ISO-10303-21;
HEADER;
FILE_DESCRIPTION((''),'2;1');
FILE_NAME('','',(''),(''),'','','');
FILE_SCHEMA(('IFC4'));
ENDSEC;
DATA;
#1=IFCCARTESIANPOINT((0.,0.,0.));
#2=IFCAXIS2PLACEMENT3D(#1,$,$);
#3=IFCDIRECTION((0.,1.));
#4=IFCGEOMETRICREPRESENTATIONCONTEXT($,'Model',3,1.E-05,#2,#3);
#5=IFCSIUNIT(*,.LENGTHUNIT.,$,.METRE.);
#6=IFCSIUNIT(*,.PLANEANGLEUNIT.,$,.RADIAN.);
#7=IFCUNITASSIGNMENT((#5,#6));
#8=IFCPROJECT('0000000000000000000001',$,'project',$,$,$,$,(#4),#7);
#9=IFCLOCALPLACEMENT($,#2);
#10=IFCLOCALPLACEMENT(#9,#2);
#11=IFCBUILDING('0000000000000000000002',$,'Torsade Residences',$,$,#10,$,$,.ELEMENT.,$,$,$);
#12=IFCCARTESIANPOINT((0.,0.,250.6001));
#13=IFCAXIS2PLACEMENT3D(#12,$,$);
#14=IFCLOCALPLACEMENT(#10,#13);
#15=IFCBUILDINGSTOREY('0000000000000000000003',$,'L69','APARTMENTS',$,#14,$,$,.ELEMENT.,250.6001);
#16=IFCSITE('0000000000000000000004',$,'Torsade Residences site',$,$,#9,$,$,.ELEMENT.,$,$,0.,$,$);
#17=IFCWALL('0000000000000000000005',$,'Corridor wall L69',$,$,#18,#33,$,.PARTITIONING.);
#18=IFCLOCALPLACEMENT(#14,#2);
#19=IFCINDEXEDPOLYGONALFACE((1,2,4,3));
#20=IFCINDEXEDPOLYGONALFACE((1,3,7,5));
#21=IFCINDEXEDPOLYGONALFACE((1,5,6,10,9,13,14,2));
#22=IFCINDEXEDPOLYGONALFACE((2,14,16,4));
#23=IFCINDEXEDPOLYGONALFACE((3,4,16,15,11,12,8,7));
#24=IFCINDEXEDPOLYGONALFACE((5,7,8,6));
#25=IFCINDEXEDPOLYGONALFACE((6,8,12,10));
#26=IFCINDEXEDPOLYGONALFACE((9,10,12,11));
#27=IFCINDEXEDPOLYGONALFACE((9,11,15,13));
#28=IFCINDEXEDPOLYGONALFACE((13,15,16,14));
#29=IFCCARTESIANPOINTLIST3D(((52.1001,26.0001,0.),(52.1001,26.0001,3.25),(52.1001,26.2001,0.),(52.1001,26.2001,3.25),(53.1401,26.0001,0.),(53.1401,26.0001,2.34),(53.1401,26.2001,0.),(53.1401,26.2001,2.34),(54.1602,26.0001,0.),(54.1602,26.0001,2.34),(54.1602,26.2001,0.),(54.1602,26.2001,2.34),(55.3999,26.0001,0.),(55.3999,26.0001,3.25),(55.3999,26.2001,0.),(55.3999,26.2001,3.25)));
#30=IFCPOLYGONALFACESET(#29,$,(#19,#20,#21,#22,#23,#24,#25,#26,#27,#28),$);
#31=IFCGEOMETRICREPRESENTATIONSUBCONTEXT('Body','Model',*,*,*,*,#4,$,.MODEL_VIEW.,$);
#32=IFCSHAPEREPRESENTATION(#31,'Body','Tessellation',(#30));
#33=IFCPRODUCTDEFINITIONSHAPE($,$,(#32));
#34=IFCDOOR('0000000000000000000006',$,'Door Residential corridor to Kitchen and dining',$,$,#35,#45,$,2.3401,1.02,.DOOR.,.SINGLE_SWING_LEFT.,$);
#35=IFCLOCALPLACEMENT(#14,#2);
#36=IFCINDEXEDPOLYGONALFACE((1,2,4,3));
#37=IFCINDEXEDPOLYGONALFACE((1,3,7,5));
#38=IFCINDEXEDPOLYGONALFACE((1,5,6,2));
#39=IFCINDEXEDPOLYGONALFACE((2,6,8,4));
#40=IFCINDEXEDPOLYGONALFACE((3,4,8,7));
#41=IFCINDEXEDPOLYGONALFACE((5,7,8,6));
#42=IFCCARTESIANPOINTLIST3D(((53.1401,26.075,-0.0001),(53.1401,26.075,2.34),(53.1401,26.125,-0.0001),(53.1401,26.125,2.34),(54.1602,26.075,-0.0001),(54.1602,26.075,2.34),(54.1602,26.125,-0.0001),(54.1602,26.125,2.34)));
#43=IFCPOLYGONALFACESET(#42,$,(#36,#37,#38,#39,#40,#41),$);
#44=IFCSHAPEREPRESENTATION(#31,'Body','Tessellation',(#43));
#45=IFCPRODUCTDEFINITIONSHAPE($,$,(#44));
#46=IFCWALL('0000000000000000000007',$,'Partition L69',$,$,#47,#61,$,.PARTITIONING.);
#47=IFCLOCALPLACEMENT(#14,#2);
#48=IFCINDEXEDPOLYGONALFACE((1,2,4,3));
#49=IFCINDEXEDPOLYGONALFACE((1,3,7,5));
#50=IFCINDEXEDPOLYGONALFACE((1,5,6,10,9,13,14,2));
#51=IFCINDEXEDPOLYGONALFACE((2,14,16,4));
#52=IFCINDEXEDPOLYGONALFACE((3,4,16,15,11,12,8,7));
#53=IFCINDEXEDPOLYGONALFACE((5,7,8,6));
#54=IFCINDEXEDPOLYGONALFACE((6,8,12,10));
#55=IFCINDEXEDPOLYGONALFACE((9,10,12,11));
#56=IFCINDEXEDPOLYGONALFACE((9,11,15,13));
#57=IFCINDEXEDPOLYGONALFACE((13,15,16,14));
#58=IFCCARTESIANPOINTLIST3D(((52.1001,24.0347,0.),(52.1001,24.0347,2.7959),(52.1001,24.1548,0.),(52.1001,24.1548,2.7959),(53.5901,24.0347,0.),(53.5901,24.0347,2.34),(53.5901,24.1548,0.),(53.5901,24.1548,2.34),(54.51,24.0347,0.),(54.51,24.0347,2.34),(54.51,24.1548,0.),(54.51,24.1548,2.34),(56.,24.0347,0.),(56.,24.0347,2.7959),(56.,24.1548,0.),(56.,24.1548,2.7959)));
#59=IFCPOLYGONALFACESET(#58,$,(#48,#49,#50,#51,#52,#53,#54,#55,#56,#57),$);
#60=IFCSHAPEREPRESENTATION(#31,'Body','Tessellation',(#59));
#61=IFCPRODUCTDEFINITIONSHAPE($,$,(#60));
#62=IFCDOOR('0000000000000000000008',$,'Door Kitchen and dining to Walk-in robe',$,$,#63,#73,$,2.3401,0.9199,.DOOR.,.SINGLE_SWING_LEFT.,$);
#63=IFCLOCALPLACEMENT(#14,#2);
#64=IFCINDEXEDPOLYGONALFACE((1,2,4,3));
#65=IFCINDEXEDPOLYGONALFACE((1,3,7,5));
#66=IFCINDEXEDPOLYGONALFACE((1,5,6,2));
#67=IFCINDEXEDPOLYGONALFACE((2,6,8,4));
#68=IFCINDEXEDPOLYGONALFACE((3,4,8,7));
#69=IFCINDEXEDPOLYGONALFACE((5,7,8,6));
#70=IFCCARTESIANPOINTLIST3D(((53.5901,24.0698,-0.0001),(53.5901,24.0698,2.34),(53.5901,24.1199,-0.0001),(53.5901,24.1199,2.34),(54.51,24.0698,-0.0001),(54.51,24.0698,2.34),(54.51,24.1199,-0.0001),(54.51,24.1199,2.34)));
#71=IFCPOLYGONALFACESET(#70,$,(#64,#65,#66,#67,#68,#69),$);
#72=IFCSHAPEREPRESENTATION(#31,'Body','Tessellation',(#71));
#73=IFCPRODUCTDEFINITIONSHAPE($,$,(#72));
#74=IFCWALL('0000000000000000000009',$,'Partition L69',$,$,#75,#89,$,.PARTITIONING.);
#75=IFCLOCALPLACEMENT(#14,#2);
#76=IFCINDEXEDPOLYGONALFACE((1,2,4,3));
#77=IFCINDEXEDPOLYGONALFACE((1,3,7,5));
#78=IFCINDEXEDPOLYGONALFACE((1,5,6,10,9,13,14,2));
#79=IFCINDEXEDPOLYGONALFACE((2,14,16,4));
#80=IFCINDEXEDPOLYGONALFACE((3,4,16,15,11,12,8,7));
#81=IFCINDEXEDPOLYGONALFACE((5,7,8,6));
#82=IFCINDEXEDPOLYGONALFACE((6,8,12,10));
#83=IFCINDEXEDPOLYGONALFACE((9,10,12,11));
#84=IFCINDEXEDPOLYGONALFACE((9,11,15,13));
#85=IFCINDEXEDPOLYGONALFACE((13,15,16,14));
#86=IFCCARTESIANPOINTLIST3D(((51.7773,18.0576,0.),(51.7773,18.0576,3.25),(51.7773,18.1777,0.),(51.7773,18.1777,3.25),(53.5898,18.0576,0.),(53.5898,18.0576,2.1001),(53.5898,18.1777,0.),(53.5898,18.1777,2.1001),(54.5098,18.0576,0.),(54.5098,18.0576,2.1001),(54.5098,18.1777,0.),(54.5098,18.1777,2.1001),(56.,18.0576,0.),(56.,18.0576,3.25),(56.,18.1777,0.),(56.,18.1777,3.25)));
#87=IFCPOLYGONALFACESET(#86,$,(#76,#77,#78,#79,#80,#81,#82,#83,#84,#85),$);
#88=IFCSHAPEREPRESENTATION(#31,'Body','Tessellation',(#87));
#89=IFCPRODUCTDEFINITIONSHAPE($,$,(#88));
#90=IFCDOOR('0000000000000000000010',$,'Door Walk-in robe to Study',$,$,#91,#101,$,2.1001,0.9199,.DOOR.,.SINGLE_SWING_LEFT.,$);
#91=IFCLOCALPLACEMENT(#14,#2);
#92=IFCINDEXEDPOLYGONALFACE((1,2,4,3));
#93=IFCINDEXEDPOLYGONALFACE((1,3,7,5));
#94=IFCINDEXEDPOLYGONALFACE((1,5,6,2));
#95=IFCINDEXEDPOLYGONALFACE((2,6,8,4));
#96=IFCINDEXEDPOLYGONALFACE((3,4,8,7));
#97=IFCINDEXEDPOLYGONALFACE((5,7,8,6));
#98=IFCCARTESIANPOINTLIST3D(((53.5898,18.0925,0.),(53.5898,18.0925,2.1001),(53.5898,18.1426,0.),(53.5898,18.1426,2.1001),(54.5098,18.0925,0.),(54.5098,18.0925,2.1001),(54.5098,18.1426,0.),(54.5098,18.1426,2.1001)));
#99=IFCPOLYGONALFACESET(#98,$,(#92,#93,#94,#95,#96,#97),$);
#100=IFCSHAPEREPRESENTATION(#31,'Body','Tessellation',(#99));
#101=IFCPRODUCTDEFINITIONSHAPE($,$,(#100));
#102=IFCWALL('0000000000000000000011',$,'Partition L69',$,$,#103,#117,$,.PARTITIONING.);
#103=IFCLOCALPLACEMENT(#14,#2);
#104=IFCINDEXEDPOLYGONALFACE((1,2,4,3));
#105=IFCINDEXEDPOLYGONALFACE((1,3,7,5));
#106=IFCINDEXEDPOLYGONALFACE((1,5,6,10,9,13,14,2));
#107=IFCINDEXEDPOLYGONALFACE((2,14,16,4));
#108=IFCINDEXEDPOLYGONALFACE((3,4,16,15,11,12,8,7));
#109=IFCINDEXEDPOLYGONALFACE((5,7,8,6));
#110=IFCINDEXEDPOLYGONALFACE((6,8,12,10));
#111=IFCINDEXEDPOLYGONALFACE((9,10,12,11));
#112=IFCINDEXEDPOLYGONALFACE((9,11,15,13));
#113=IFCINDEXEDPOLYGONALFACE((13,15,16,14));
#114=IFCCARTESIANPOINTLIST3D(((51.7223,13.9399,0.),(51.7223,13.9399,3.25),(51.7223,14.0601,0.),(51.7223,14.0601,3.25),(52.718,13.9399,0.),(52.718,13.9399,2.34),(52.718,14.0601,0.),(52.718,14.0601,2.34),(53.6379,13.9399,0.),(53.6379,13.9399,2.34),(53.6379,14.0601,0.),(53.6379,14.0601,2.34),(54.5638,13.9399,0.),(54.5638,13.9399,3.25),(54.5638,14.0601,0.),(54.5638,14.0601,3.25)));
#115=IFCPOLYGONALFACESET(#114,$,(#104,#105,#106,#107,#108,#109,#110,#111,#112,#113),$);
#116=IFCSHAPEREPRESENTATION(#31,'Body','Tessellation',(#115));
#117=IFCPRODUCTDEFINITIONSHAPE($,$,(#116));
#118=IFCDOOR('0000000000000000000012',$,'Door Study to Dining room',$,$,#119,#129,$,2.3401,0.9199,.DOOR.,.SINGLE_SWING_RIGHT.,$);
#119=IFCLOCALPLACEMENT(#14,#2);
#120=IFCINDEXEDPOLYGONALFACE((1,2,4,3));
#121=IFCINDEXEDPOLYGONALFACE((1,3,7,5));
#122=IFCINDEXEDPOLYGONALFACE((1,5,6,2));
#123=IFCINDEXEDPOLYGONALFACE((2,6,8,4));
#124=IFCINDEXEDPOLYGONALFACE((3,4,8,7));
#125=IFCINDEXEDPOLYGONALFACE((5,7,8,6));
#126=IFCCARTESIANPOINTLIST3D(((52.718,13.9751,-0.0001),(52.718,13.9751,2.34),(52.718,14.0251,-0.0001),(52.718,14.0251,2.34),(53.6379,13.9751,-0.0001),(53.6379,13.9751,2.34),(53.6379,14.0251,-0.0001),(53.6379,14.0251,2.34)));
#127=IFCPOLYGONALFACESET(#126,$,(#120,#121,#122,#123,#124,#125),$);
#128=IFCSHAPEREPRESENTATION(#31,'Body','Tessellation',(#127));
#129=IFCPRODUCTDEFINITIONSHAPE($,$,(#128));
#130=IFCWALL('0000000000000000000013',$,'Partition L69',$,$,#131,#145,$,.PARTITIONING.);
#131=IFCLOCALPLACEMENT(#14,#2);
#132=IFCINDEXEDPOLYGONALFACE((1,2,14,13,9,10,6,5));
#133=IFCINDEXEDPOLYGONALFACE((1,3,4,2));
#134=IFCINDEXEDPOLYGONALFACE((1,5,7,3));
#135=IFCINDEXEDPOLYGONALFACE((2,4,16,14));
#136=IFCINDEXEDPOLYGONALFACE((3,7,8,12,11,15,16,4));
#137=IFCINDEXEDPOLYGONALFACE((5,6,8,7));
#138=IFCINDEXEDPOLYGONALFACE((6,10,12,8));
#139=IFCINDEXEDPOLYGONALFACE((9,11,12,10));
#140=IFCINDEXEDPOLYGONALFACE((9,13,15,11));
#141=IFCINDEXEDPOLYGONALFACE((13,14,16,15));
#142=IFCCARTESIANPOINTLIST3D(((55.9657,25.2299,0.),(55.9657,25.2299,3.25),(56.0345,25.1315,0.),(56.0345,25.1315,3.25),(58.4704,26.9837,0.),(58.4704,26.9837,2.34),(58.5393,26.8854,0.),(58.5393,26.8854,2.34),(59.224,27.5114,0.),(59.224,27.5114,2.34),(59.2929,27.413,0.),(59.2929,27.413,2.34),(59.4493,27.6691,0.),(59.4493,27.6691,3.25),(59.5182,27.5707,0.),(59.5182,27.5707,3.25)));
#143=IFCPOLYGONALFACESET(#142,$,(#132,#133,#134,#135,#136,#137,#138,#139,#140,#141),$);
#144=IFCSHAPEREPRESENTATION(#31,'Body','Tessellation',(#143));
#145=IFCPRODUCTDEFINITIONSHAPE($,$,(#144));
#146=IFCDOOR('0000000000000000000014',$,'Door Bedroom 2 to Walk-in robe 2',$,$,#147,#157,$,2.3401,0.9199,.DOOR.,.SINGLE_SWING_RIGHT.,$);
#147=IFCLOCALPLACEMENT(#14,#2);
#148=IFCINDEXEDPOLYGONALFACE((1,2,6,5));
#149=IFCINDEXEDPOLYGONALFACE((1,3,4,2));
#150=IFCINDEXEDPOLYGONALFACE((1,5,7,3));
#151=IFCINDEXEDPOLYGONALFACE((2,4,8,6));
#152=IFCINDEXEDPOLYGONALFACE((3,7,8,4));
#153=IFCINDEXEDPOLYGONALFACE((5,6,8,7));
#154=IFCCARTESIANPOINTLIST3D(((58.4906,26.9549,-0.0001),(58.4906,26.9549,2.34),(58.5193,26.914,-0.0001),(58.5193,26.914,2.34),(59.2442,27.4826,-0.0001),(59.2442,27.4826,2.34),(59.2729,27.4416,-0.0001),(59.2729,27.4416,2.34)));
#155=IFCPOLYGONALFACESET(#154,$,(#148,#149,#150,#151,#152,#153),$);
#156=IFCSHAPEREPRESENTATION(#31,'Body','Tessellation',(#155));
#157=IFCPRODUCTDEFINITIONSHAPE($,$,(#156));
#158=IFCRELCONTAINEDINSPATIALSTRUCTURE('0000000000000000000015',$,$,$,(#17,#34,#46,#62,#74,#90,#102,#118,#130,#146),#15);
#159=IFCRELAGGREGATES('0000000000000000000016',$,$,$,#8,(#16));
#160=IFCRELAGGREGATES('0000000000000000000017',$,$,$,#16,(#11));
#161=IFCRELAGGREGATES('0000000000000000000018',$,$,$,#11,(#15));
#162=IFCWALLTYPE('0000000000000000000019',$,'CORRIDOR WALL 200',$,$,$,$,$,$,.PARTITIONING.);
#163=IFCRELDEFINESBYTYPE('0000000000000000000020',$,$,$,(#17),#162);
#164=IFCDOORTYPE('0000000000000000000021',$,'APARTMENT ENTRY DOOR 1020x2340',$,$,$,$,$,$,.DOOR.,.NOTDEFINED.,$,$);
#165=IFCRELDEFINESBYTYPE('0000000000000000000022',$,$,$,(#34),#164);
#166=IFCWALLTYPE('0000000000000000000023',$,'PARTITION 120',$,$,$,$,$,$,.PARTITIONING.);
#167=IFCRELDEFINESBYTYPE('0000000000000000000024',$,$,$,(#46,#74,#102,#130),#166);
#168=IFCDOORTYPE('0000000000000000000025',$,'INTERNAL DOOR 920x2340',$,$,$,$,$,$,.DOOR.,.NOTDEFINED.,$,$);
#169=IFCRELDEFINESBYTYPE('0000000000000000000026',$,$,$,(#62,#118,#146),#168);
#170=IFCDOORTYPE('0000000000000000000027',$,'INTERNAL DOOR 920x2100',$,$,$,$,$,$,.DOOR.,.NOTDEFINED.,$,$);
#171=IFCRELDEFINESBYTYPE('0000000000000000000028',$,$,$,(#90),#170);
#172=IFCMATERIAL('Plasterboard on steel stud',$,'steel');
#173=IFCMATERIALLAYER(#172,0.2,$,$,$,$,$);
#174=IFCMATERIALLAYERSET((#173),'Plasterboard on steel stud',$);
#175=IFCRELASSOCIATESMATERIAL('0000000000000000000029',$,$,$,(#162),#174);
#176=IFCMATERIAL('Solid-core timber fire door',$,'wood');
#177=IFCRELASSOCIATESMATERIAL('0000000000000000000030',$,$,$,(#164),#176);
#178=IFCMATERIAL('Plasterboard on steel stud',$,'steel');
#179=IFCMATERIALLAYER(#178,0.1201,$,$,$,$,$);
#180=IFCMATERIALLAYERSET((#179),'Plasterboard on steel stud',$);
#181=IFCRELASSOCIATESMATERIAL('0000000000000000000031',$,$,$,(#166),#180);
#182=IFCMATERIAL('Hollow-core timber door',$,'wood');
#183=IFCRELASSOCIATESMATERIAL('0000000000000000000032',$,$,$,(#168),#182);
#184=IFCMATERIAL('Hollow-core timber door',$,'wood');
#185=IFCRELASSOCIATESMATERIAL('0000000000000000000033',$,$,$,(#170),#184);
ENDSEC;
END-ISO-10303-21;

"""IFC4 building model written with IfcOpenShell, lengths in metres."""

from ifc_helpers import new_model, si_unit, direction, frame, frame_2d, origin, place, context, subcontext, project, spatial, rectangle, extrude, material, layer, layer_set, type_object, element, fill, save


model = new_model("IFC4")

# Units and contexts
model_context = context("Model", 3, precision=1e-05, world=origin(), true_north=direction((0.0, 1.0)))
body_context = subcontext(model_context, "Body", "Model", "MODEL_VIEW")
ifc_project = project(units=[si_unit("LENGTHUNIT", "METRE"), si_unit("PLANEANGLEUNIT", "RADIAN")], contexts=[model_context])

# Site, building, storey
site_placement = place(None, origin())
site = spatial("IfcSite", under=ifc_project, at=site_placement, Name="Torsade Residences site", CompositionType="ELEMENT", RefElevation=0.0)
building_placement = place(site_placement, origin())
building = spatial("IfcBuilding", under=site, at=building_placement, Name="Torsade Residences", CompositionType="ELEMENT")
storey_placement = place(building_placement, frame((0.0, 0.0, 250.6001)))
storey = spatial("IfcBuildingStorey", under=building, at=storey_placement, Name="L69", Description="APARTMENTS", CompositionType="ELEMENT", Elevation=250.6001)

# Shared definitions
ifc_material_1 = material(Name="Plasterboard on steel stud", Category="steel")
ifc_layer_1 = layer(ifc_material_1, 0.2)
ifc_layer_set_1 = layer_set([ifc_layer_1], Name="Plasterboard on steel stud")
wall_type_1 = type_object("IfcWallType", Name="CORRIDOR WALL 200", PredefinedType="PARTITIONING", material=ifc_layer_set_1)

# Walls, openings, doors
wall_1_placement = place(storey_placement, frame((52.1001, 26.1001, 0.0), z_axis=(0.0, 0.0, 1.0), x_axis=(1.0, 0.0, 0.0)))
wall_1 = element("IfcWall", 1, at=wall_1_placement, inside=storey, type_object=wall_type_1, Name="Corridor wall L69", PredefinedType="PARTITIONING", context=body_context, shape_type="SweptSolid", body=[
    extrude(rectangle(XDim=3.2998, YDim=0.2, at=frame_2d((1.6499, 0.0))), origin(), (0.0, 0.0, 1.0), 3.25),
])
opening_1_placement = place(wall_1_placement, frame((1.04, 0.0, 0.0)))
opening_1 = element("IfcOpeningElement", 2, at=opening_1_placement, cuts=wall_1, PredefinedType="OPENING", context=body_context, shape_type="SweptSolid", body=[
    extrude(rectangle(XDim=1.02, YDim=2.3401, at=frame_2d((0.51, 1.1699))), frame((0.0, 0.1099, 0.0), z_axis=(0.0, -1.0, 0.0), x_axis=(1.0, 0.0, 0.0)), (0.0, 0.0, 1.0), 0.22),
])
ifc_material_2 = material(Name="Solid-core timber fire door", Category="wood")
door_type_1 = type_object("IfcDoorType", Name="APARTMENT ENTRY DOOR 1020x2340", OperationType="NOTDEFINED", PredefinedType="DOOR", material=ifc_material_2)
door_1_placement = place(opening_1_placement, origin())
door_1 = element("IfcDoor", 3, at=door_1_placement, inside=storey, type_object=door_type_1, Name="Door Residential corridor to Kitchen and dining", OperationType="SINGLE_SWING_LEFT", OverallHeight=2.3401, OverallWidth=1.02, PredefinedType="DOOR", context=body_context, shape_type="SweptSolid", body=[
    extrude(rectangle(XDim=1.02, YDim=2.3401, at=frame_2d((0.51, 1.1699))), frame((0.0, 0.0249, 0.0), z_axis=(0.0, -1.0, 0.0), x_axis=(1.0, 0.0, 0.0)), (0.0, 0.0, 1.0), 0.05),
])
fill(opening_1, door_1)
ifc_material_3 = material(Name="Plasterboard on steel stud", Category="steel")
ifc_layer_2 = layer(ifc_material_3, 0.1201)
ifc_layer_set_2 = layer_set([ifc_layer_2], Name="Plasterboard on steel stud")
wall_type_2 = type_object("IfcWallType", Name="PARTITION 120", PredefinedType="PARTITIONING", material=ifc_layer_set_2)
wall_2_placement = place(storey_placement, frame((56.0, 24.0947, 0.0), z_axis=(0.0, 0.0, 1.0), x_axis=(-1.0, 0.0, 0.0)))
wall_2 = element("IfcWall", 4, at=wall_2_placement, inside=storey, type_object=wall_type_2, Name="Partition L69", PredefinedType="PARTITIONING", context=body_context, shape_type="SweptSolid", body=[
    extrude(rectangle(XDim=3.8999, YDim=0.1201, at=frame_2d((1.95, 0.0))), origin(), (0.0, 0.0, 1.0), 2.7959),
])
opening_2_placement = place(wall_2_placement, frame((1.49, 0.0, 0.0)))
opening_2 = element("IfcOpeningElement", 5, at=opening_2_placement, cuts=wall_2, PredefinedType="OPENING", context=body_context, shape_type="SweptSolid", body=[
    extrude(rectangle(XDim=0.9199, YDim=2.3401, at=frame_2d((0.46, 1.1699))), frame((0.0, 0.0701, 0.0), z_axis=(0.0, -1.0, 0.0), x_axis=(1.0, 0.0, 0.0)), (0.0, 0.0, 1.0), 0.1401),
])
ifc_material_4 = material(Name="Hollow-core timber door", Category="wood")
door_type_2 = type_object("IfcDoorType", Name="INTERNAL DOOR 920x2340", OperationType="NOTDEFINED", PredefinedType="DOOR", material=ifc_material_4)
door_2_placement = place(opening_2_placement, origin())
door_2 = element("IfcDoor", 6, at=door_2_placement, inside=storey, type_object=door_type_2, Name="Door Kitchen and dining to Walk-in robe", OperationType="SINGLE_SWING_LEFT", OverallHeight=2.3401, OverallWidth=0.9199, PredefinedType="DOOR", context=body_context, shape_type="SweptSolid", body=[
    extrude(rectangle(XDim=0.9199, YDim=2.3401, at=frame_2d((0.46, 1.1699))), frame((0.0, 0.0249, 0.0), z_axis=(0.0, -1.0, 0.0), x_axis=(1.0, 0.0, 0.0)), (0.0, 0.0, 1.0), 0.05),
])
fill(opening_2, door_2)
wall_3_placement = place(storey_placement, frame((51.7773, 18.1177, 0.0), z_axis=(0.0, 0.0, 1.0), x_axis=(1.0, 0.0, 0.0)))
wall_3 = element("IfcWall", 7, at=wall_3_placement, inside=storey, type_object=wall_type_2, Name="Partition L69", PredefinedType="PARTITIONING", context=body_context, shape_type="SweptSolid", body=[
    extrude(rectangle(XDim=4.2227, YDim=0.1201, at=frame_2d((2.1113, 0.0))), origin(), (0.0, 0.0, 1.0), 3.25),
])
opening_3_placement = place(wall_3_placement, frame((1.8125, 0.0, 0.0)))
opening_3 = element("IfcOpeningElement", 8, at=opening_3_placement, cuts=wall_3, PredefinedType="OPENING", context=body_context, shape_type="SweptSolid", body=[
    extrude(rectangle(XDim=0.9199, YDim=2.1001, at=frame_2d((0.46, 1.05))), frame((0.0, 0.0701, 0.0), z_axis=(0.0, -1.0, 0.0), x_axis=(1.0, 0.0, 0.0)), (0.0, 0.0, 1.0), 0.1401),
])
ifc_material_5 = material(Name="Hollow-core timber door", Category="wood")
door_type_3 = type_object("IfcDoorType", Name="INTERNAL DOOR 920x2100", OperationType="NOTDEFINED", PredefinedType="DOOR", material=ifc_material_5)
door_3_placement = place(opening_3_placement, origin())
door_3 = element("IfcDoor", 9, at=door_3_placement, inside=storey, type_object=door_type_3, Name="Door Walk-in robe to Study", OperationType="SINGLE_SWING_LEFT", OverallHeight=2.1001, OverallWidth=0.9199, PredefinedType="DOOR", context=body_context, shape_type="SweptSolid", body=[
    extrude(rectangle(XDim=0.9199, YDim=2.1001, at=frame_2d((0.46, 1.05))), frame((0.0, 0.0249, 0.0), z_axis=(0.0, -1.0, 0.0), x_axis=(1.0, 0.0, 0.0)), (0.0, 0.0, 1.0), 0.05),
])
fill(opening_3, door_3)
wall_4_placement = place(storey_placement, frame((54.564, 14.0, 0.0), z_axis=(0.0, 0.0, 1.0), x_axis=(-1.0, 0.0, 0.0)))
wall_4 = element("IfcWall", 10, at=wall_4_placement, inside=storey, type_object=wall_type_2, Name="Partition L69", PredefinedType="PARTITIONING", context=body_context, shape_type="SweptSolid", body=[
    extrude(rectangle(XDim=2.8416, YDim=0.1201, at=frame_2d((1.4209, 0.0))), origin(), (0.0, 0.0, 1.0), 3.25),
])
opening_4_placement = place(wall_4_placement, frame((0.926, 0.0, 0.0)))
opening_4 = element("IfcOpeningElement", 11, at=opening_4_placement, cuts=wall_4, PredefinedType="OPENING", context=body_context, shape_type="SweptSolid", body=[
    extrude(rectangle(XDim=0.9199, YDim=2.3401, at=frame_2d((0.46, 1.1699))), frame((0.0, 0.0701, 0.0), z_axis=(0.0, -1.0, 0.0), x_axis=(1.0, 0.0, 0.0)), (0.0, 0.0, 1.0), 0.1401),
])
door_4_placement = place(opening_4_placement, origin())
door_4 = element("IfcDoor", 12, at=door_4_placement, inside=storey, type_object=door_type_2, Name="Door Study to Dining room", OperationType="SINGLE_SWING_RIGHT", OverallHeight=2.3401, OverallWidth=0.9199, PredefinedType="DOOR", context=body_context, shape_type="SweptSolid", body=[
    extrude(rectangle(XDim=0.9199, YDim=2.3401, at=frame_2d((0.46, 1.1699))), frame((0.0, 0.0249, 0.0), z_axis=(0.0, -1.0, 0.0), x_axis=(1.0, 0.0, 0.0)), (0.0, 0.0, 1.0), 0.05),
])
fill(opening_4, door_4)
wall_5_placement = place(storey_placement, frame((56.0, 25.1807, 0.0), z_axis=(0.0, 0.0, 1.0), x_axis=(0.819159, 0.573566, 0.0)))
wall_5 = element("IfcWall", 13, at=wall_5_placement, inside=storey, type_object=wall_type_2, Name="Partition L69", PredefinedType="PARTITIONING", context=body_context, shape_type="SweptSolid", body=[
    extrude(rectangle(XDim=4.2527, YDim=0.1201, at=frame_2d((2.1265, 0.0))), origin(), (0.0, 0.0, 1.0), 3.25),
])
opening_5_placement = place(wall_5_placement, frame((3.0579, 0.0, 0.0)))
opening_5 = element("IfcOpeningElement", 14, at=opening_5_placement, cuts=wall_5, PredefinedType="OPENING", context=body_context, shape_type="SweptSolid", body=[
    extrude(rectangle(XDim=0.9199, YDim=2.3401, at=frame_2d((0.46, 1.1699))), frame((0.0, 0.0701, 0.0), z_axis=(0.0, -1.0, 0.0), x_axis=(1.0, 0.0, 0.0)), (0.0, 0.0, 1.0), 0.1401),
])
door_5_placement = place(opening_5_placement, origin())
door_5 = element("IfcDoor", 15, at=door_5_placement, inside=storey, type_object=door_type_2, Name="Door Bedroom 2 to Walk-in robe 2", OperationType="SINGLE_SWING_RIGHT", OverallHeight=2.3401, OverallWidth=0.9199, PredefinedType="DOOR", context=body_context, shape_type="SweptSolid", body=[
    extrude(rectangle(XDim=0.9199, YDim=2.3401, at=frame_2d((0.46, 1.1699))), frame((0.0, 0.0249, 0.0), z_axis=(0.0, -1.0, 0.0), x_axis=(1.0, 0.0, 0.0)), (0.0, 0.0, 1.0), 0.05),
])
fill(opening_5, door_5)

save(model, "model.ifc")
